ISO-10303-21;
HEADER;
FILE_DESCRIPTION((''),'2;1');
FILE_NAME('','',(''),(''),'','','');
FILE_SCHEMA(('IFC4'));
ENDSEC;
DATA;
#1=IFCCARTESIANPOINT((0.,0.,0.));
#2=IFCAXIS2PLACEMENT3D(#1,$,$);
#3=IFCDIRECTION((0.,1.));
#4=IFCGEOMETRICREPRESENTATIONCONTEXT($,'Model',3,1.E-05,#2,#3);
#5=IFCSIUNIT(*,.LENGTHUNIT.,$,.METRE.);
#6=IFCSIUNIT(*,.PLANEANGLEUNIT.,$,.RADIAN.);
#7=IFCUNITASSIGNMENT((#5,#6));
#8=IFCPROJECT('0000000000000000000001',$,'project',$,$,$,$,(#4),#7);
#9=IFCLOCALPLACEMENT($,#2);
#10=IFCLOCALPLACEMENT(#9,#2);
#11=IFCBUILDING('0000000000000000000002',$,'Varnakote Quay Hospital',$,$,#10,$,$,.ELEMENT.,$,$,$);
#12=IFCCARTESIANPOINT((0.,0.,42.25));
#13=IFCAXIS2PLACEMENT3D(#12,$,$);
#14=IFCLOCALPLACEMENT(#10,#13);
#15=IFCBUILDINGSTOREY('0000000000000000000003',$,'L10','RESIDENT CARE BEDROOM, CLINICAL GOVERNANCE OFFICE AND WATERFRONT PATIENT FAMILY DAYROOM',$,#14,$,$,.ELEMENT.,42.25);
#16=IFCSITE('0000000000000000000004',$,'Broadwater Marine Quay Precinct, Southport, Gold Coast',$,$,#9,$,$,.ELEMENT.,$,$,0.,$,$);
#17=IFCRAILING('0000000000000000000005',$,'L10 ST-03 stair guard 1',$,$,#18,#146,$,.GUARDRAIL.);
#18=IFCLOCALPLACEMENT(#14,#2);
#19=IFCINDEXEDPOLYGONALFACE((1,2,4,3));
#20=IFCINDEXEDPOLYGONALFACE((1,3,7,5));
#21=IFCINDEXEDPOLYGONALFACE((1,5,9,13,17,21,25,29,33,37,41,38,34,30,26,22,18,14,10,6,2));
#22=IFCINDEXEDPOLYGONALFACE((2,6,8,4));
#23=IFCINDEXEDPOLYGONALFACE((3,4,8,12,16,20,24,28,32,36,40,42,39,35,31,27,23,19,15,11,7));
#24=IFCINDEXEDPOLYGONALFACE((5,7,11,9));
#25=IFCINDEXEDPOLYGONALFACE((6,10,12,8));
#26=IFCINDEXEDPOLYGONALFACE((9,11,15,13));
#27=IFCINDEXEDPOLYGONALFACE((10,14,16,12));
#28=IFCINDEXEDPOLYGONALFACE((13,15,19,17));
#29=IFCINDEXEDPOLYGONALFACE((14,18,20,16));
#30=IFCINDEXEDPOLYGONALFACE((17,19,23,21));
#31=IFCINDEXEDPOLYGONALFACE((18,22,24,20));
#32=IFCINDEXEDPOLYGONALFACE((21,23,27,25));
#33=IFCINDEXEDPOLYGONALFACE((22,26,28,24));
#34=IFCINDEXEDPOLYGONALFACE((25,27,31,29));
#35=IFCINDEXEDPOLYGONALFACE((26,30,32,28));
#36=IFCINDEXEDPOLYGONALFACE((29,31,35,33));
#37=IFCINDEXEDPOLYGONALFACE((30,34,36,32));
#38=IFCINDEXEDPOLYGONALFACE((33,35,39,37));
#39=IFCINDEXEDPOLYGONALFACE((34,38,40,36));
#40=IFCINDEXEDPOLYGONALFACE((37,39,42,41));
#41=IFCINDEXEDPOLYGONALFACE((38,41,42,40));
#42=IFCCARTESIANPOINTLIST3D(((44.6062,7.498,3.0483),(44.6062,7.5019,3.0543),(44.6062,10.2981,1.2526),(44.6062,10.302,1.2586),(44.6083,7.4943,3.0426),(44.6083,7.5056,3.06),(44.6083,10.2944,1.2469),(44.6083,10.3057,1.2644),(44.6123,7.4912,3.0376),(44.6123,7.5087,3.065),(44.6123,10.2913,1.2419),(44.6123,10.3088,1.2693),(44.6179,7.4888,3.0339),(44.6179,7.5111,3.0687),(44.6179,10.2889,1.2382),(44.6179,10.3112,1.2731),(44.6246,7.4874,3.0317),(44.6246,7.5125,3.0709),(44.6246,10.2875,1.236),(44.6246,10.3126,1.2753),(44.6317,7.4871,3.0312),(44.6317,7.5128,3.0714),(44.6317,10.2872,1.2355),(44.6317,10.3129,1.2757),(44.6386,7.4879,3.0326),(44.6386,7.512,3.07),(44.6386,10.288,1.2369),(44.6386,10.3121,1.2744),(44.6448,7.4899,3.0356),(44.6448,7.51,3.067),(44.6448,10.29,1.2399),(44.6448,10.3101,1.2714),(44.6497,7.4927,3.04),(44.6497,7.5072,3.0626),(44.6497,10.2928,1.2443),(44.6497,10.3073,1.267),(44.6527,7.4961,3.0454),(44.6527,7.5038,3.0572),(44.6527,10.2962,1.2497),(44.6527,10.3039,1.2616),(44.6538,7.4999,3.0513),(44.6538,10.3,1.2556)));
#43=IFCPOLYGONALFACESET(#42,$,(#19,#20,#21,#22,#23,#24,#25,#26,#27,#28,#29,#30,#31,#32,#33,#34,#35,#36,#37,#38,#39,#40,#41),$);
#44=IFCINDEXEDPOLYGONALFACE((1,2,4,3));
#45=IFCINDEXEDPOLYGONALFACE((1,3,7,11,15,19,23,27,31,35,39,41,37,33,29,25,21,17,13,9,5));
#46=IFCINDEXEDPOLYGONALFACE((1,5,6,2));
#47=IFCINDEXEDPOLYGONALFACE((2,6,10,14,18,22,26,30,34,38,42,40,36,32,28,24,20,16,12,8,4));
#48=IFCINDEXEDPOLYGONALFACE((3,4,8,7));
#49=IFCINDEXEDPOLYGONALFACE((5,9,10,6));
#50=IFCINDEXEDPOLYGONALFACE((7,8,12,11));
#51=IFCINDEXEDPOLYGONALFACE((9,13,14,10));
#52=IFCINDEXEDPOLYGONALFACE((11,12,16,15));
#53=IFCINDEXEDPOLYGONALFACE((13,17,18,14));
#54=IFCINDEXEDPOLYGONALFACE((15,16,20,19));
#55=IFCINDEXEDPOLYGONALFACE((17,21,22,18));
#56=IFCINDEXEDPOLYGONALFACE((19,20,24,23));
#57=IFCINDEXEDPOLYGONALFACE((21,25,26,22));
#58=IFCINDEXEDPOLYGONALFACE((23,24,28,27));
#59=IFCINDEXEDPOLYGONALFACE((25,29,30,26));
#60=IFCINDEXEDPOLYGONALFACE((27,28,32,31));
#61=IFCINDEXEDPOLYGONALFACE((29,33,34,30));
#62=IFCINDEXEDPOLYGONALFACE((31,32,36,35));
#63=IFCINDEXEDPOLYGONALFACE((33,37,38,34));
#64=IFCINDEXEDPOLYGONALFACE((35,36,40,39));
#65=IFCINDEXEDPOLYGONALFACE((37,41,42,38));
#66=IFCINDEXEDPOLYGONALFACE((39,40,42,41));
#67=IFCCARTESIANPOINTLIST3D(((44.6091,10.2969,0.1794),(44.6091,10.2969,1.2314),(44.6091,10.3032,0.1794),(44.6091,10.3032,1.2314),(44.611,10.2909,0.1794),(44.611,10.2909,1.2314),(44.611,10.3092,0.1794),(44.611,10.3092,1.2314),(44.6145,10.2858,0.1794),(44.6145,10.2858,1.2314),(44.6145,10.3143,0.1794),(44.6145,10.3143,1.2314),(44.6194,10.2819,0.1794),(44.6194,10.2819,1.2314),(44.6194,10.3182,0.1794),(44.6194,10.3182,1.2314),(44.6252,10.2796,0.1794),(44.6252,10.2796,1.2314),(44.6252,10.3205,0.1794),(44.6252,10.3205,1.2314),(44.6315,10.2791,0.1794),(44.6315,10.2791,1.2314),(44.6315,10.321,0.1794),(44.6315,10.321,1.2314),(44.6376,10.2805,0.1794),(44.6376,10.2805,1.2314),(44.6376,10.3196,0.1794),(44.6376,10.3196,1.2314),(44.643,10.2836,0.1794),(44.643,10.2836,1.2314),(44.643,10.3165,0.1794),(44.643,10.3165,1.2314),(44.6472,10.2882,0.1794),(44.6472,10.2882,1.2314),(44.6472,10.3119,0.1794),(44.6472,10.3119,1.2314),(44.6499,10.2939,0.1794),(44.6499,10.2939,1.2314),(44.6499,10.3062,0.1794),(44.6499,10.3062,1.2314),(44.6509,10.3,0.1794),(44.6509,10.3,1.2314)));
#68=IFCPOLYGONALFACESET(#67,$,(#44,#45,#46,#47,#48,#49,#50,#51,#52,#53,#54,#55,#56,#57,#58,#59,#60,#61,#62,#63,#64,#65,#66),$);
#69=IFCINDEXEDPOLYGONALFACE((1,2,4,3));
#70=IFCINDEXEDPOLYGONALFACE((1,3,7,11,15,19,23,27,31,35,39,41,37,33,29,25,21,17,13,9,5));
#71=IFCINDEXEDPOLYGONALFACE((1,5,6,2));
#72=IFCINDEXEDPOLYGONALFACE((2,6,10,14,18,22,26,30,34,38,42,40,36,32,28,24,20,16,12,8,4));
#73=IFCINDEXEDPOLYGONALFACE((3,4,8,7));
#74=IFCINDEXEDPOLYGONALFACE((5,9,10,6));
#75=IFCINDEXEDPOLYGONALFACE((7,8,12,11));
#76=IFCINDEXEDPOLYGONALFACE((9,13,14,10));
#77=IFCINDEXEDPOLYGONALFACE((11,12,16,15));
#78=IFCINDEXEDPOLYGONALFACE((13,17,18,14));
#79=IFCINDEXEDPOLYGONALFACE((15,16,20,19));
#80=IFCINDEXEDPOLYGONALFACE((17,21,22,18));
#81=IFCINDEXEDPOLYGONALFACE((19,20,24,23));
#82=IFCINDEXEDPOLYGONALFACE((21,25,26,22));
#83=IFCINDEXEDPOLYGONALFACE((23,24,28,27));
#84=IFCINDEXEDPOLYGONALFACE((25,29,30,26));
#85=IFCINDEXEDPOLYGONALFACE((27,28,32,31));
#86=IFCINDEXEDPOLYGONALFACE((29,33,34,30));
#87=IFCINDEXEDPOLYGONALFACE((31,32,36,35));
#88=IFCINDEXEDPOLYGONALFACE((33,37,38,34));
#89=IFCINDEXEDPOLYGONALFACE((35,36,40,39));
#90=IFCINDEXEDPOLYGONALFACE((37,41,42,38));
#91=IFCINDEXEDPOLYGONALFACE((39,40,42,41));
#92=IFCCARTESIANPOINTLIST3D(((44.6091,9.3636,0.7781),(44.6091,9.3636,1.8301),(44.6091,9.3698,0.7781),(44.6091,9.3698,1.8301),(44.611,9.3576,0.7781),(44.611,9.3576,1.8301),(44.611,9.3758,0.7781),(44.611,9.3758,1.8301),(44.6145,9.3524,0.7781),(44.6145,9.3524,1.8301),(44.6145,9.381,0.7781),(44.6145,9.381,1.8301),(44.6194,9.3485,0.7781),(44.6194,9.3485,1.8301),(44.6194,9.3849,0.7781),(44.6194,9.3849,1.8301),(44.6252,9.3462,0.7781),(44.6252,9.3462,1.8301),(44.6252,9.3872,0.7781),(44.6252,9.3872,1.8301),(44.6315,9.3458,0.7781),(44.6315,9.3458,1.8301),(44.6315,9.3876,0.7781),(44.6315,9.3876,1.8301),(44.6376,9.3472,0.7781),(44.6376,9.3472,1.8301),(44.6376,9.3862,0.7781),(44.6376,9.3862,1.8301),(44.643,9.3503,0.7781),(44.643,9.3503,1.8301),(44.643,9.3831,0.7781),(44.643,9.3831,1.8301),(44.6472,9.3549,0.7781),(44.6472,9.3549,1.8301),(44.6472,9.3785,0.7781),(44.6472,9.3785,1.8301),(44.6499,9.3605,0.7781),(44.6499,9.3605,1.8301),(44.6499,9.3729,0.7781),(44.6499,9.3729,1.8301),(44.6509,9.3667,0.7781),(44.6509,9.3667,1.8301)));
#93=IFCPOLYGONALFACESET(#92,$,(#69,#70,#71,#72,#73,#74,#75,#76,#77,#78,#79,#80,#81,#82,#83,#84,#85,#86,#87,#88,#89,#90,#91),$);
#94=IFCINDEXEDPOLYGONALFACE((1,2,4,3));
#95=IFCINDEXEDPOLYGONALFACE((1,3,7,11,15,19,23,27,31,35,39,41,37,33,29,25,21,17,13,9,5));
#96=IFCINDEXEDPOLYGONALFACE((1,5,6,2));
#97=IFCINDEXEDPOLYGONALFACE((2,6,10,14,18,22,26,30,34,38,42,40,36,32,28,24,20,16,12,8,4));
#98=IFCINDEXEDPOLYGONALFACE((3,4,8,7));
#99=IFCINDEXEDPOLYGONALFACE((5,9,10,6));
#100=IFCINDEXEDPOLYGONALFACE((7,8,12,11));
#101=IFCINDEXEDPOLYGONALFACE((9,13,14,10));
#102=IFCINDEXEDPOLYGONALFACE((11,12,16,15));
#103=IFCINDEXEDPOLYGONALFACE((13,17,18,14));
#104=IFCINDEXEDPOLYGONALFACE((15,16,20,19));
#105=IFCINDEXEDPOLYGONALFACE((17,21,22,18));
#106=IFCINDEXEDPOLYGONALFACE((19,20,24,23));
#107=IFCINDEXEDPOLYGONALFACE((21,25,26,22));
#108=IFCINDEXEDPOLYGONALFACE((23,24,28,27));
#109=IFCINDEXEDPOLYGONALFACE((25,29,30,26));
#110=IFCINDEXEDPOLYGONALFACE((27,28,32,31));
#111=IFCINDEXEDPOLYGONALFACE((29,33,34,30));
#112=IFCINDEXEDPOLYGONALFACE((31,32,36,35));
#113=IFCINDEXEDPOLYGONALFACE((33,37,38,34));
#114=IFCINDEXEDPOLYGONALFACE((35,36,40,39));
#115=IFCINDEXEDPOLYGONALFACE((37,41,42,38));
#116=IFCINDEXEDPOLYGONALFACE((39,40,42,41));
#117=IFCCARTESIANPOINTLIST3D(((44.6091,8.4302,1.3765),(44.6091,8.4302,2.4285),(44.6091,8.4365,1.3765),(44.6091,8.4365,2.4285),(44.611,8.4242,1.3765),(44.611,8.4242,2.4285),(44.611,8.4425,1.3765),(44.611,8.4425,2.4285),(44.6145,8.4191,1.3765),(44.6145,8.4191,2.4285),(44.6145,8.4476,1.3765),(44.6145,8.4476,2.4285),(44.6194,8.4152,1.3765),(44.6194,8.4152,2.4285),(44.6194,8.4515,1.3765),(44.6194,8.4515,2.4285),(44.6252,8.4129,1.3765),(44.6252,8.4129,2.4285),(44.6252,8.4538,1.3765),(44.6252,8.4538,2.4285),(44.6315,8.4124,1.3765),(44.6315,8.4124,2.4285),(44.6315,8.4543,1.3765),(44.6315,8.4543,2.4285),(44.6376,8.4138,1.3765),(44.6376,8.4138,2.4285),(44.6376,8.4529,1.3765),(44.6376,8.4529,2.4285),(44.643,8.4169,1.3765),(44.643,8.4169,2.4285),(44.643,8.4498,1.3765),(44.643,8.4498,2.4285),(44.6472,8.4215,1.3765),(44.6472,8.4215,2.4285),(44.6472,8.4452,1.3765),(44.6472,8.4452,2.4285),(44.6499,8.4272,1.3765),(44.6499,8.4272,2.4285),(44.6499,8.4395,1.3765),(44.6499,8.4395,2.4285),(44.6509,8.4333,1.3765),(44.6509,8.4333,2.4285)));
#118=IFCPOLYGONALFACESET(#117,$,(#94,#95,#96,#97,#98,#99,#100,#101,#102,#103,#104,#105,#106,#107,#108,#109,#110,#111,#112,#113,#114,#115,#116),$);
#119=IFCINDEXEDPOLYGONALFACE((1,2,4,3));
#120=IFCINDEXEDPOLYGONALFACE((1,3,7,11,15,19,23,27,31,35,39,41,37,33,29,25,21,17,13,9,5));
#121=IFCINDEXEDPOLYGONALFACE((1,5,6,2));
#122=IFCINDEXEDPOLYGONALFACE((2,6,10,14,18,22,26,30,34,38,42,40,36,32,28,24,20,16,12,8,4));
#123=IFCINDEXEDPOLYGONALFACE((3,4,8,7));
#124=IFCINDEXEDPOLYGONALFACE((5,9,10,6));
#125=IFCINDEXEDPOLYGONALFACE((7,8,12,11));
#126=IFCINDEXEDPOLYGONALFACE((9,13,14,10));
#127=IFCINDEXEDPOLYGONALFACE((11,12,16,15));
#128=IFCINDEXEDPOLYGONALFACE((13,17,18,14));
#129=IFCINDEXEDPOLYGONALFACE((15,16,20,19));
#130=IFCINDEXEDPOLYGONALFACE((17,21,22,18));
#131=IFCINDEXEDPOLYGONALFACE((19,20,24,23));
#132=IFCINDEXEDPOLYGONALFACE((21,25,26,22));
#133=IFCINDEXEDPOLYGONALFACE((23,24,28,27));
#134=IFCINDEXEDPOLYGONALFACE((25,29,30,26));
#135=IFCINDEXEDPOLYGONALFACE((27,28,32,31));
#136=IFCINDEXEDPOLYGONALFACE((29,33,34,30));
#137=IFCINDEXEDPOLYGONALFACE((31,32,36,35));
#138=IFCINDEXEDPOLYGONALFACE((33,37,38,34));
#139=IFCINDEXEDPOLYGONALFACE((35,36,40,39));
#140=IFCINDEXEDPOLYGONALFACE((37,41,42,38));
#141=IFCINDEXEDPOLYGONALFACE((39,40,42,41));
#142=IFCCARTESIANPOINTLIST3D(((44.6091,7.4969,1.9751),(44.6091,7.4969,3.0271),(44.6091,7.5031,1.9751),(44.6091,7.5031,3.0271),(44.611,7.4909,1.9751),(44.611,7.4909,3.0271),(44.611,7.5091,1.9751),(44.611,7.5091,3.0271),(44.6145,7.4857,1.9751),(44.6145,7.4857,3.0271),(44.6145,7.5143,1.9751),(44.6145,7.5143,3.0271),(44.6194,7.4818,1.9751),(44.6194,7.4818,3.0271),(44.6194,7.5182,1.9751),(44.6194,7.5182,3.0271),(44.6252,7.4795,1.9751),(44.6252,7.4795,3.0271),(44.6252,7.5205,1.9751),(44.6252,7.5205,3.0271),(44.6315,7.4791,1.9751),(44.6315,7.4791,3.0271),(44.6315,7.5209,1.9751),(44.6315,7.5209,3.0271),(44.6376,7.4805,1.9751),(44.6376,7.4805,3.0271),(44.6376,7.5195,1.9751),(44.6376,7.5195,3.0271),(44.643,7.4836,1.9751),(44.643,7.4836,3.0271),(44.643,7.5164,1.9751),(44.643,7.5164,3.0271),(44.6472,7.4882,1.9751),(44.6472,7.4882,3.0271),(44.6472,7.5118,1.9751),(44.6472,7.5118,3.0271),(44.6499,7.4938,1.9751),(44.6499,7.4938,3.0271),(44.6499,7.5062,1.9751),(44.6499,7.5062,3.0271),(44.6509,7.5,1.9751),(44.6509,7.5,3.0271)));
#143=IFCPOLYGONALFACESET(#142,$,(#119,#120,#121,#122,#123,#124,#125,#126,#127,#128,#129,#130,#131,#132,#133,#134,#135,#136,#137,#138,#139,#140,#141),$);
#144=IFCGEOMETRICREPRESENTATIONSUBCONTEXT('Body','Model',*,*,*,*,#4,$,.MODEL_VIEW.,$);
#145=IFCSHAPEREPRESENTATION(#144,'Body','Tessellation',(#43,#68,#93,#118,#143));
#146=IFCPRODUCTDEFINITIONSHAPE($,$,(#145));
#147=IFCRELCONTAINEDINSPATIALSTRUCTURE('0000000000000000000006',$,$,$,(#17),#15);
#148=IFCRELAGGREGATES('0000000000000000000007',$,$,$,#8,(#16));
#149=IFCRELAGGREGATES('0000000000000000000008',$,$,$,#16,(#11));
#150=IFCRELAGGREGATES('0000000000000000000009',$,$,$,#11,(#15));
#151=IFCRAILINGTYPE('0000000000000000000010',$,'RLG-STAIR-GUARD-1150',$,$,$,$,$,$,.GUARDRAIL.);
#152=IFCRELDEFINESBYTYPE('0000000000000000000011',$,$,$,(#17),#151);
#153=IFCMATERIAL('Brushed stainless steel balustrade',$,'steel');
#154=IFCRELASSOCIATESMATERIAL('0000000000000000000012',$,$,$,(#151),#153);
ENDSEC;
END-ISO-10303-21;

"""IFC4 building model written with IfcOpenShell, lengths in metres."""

from ifc_helpers import new_model, si_unit, direction, frame, origin, origin_2d, place, context, subcontext, project, spatial, circle, extrude, material, type_object, element, save


model = new_model("IFC4")

# Units and contexts
model_context = context("Model", 3, precision=1e-05, world=origin(), true_north=direction((0.0, 1.0)))
body_context = subcontext(model_context, "Body", "Model", "MODEL_VIEW")
ifc_project = project(units=[si_unit("LENGTHUNIT", "METRE"), si_unit("PLANEANGLEUNIT", "RADIAN")], contexts=[model_context])

# Site, building, storey
site_placement = place(None, origin())
site = spatial("IfcSite", under=ifc_project, at=site_placement, Name="Broadwater Marine Quay Precinct, Southport, Gold Coast", CompositionType="ELEMENT", RefElevation=0.0)
building_placement = place(site_placement, origin())
building = spatial("IfcBuilding", under=site, at=building_placement, Name="Varnakote Quay Hospital", CompositionType="ELEMENT")
storey_placement = place(building_placement, frame((0.0, 0.0, 42.25)))
storey = spatial("IfcBuildingStorey", under=building, at=storey_placement, Name="L10", Description="RESIDENT CARE BEDROOM, CLINICAL GOVERNANCE OFFICE AND WATERFRONT PATIENT FAMILY DAYROOM", CompositionType="ELEMENT", Elevation=42.25)

# Railing
ifc_material_1 = material(Name="Brushed stainless steel balustrade", Category="steel")
railing_type_1 = type_object("IfcRailingType", Name="RLG-STAIR-GUARD-1150", PredefinedType="GUARDRAIL", material=ifc_material_1)
railing_1_placement = place(storey_placement, frame((44.6299, 10.3, 0.1794)))
element("IfcRailing", 1, at=railing_1_placement, inside=storey, type_object=railing_type_1, Name="L10 ST-03 stair guard 1", PredefinedType="GUARDRAIL", context=body_context, shape_type="SweptSolid", body=[
    extrude(circle(Radius=0.0239, at=origin_2d()), frame((0.0, 0.0, 1.0762), z_axis=(0.0, -0.841777, 0.539826), x_axis=(1.0, 0.0, 0.0)), (0.0, 0.0, 1.0), 3.3264),
    extrude(circle(Radius=0.021, at=origin_2d()), origin(), (0.0, 0.0, 1.0), 1.052),
    extrude(circle(Radius=0.021, at=origin_2d()), frame((0.0, -0.9333, 0.5986)), (0.0, 0.0, 1.0), 1.052),
    extrude(circle(Radius=0.021, at=origin_2d()), frame((0.0, -1.8667, 1.197)), (0.0, 0.0, 1.0), 1.052),
    extrude(circle(Radius=0.021, at=origin_2d()), frame((0.0, -2.8, 1.7957)), (0.0, 0.0, 1.0), 1.052),
])

save(model, "model.ifc")
